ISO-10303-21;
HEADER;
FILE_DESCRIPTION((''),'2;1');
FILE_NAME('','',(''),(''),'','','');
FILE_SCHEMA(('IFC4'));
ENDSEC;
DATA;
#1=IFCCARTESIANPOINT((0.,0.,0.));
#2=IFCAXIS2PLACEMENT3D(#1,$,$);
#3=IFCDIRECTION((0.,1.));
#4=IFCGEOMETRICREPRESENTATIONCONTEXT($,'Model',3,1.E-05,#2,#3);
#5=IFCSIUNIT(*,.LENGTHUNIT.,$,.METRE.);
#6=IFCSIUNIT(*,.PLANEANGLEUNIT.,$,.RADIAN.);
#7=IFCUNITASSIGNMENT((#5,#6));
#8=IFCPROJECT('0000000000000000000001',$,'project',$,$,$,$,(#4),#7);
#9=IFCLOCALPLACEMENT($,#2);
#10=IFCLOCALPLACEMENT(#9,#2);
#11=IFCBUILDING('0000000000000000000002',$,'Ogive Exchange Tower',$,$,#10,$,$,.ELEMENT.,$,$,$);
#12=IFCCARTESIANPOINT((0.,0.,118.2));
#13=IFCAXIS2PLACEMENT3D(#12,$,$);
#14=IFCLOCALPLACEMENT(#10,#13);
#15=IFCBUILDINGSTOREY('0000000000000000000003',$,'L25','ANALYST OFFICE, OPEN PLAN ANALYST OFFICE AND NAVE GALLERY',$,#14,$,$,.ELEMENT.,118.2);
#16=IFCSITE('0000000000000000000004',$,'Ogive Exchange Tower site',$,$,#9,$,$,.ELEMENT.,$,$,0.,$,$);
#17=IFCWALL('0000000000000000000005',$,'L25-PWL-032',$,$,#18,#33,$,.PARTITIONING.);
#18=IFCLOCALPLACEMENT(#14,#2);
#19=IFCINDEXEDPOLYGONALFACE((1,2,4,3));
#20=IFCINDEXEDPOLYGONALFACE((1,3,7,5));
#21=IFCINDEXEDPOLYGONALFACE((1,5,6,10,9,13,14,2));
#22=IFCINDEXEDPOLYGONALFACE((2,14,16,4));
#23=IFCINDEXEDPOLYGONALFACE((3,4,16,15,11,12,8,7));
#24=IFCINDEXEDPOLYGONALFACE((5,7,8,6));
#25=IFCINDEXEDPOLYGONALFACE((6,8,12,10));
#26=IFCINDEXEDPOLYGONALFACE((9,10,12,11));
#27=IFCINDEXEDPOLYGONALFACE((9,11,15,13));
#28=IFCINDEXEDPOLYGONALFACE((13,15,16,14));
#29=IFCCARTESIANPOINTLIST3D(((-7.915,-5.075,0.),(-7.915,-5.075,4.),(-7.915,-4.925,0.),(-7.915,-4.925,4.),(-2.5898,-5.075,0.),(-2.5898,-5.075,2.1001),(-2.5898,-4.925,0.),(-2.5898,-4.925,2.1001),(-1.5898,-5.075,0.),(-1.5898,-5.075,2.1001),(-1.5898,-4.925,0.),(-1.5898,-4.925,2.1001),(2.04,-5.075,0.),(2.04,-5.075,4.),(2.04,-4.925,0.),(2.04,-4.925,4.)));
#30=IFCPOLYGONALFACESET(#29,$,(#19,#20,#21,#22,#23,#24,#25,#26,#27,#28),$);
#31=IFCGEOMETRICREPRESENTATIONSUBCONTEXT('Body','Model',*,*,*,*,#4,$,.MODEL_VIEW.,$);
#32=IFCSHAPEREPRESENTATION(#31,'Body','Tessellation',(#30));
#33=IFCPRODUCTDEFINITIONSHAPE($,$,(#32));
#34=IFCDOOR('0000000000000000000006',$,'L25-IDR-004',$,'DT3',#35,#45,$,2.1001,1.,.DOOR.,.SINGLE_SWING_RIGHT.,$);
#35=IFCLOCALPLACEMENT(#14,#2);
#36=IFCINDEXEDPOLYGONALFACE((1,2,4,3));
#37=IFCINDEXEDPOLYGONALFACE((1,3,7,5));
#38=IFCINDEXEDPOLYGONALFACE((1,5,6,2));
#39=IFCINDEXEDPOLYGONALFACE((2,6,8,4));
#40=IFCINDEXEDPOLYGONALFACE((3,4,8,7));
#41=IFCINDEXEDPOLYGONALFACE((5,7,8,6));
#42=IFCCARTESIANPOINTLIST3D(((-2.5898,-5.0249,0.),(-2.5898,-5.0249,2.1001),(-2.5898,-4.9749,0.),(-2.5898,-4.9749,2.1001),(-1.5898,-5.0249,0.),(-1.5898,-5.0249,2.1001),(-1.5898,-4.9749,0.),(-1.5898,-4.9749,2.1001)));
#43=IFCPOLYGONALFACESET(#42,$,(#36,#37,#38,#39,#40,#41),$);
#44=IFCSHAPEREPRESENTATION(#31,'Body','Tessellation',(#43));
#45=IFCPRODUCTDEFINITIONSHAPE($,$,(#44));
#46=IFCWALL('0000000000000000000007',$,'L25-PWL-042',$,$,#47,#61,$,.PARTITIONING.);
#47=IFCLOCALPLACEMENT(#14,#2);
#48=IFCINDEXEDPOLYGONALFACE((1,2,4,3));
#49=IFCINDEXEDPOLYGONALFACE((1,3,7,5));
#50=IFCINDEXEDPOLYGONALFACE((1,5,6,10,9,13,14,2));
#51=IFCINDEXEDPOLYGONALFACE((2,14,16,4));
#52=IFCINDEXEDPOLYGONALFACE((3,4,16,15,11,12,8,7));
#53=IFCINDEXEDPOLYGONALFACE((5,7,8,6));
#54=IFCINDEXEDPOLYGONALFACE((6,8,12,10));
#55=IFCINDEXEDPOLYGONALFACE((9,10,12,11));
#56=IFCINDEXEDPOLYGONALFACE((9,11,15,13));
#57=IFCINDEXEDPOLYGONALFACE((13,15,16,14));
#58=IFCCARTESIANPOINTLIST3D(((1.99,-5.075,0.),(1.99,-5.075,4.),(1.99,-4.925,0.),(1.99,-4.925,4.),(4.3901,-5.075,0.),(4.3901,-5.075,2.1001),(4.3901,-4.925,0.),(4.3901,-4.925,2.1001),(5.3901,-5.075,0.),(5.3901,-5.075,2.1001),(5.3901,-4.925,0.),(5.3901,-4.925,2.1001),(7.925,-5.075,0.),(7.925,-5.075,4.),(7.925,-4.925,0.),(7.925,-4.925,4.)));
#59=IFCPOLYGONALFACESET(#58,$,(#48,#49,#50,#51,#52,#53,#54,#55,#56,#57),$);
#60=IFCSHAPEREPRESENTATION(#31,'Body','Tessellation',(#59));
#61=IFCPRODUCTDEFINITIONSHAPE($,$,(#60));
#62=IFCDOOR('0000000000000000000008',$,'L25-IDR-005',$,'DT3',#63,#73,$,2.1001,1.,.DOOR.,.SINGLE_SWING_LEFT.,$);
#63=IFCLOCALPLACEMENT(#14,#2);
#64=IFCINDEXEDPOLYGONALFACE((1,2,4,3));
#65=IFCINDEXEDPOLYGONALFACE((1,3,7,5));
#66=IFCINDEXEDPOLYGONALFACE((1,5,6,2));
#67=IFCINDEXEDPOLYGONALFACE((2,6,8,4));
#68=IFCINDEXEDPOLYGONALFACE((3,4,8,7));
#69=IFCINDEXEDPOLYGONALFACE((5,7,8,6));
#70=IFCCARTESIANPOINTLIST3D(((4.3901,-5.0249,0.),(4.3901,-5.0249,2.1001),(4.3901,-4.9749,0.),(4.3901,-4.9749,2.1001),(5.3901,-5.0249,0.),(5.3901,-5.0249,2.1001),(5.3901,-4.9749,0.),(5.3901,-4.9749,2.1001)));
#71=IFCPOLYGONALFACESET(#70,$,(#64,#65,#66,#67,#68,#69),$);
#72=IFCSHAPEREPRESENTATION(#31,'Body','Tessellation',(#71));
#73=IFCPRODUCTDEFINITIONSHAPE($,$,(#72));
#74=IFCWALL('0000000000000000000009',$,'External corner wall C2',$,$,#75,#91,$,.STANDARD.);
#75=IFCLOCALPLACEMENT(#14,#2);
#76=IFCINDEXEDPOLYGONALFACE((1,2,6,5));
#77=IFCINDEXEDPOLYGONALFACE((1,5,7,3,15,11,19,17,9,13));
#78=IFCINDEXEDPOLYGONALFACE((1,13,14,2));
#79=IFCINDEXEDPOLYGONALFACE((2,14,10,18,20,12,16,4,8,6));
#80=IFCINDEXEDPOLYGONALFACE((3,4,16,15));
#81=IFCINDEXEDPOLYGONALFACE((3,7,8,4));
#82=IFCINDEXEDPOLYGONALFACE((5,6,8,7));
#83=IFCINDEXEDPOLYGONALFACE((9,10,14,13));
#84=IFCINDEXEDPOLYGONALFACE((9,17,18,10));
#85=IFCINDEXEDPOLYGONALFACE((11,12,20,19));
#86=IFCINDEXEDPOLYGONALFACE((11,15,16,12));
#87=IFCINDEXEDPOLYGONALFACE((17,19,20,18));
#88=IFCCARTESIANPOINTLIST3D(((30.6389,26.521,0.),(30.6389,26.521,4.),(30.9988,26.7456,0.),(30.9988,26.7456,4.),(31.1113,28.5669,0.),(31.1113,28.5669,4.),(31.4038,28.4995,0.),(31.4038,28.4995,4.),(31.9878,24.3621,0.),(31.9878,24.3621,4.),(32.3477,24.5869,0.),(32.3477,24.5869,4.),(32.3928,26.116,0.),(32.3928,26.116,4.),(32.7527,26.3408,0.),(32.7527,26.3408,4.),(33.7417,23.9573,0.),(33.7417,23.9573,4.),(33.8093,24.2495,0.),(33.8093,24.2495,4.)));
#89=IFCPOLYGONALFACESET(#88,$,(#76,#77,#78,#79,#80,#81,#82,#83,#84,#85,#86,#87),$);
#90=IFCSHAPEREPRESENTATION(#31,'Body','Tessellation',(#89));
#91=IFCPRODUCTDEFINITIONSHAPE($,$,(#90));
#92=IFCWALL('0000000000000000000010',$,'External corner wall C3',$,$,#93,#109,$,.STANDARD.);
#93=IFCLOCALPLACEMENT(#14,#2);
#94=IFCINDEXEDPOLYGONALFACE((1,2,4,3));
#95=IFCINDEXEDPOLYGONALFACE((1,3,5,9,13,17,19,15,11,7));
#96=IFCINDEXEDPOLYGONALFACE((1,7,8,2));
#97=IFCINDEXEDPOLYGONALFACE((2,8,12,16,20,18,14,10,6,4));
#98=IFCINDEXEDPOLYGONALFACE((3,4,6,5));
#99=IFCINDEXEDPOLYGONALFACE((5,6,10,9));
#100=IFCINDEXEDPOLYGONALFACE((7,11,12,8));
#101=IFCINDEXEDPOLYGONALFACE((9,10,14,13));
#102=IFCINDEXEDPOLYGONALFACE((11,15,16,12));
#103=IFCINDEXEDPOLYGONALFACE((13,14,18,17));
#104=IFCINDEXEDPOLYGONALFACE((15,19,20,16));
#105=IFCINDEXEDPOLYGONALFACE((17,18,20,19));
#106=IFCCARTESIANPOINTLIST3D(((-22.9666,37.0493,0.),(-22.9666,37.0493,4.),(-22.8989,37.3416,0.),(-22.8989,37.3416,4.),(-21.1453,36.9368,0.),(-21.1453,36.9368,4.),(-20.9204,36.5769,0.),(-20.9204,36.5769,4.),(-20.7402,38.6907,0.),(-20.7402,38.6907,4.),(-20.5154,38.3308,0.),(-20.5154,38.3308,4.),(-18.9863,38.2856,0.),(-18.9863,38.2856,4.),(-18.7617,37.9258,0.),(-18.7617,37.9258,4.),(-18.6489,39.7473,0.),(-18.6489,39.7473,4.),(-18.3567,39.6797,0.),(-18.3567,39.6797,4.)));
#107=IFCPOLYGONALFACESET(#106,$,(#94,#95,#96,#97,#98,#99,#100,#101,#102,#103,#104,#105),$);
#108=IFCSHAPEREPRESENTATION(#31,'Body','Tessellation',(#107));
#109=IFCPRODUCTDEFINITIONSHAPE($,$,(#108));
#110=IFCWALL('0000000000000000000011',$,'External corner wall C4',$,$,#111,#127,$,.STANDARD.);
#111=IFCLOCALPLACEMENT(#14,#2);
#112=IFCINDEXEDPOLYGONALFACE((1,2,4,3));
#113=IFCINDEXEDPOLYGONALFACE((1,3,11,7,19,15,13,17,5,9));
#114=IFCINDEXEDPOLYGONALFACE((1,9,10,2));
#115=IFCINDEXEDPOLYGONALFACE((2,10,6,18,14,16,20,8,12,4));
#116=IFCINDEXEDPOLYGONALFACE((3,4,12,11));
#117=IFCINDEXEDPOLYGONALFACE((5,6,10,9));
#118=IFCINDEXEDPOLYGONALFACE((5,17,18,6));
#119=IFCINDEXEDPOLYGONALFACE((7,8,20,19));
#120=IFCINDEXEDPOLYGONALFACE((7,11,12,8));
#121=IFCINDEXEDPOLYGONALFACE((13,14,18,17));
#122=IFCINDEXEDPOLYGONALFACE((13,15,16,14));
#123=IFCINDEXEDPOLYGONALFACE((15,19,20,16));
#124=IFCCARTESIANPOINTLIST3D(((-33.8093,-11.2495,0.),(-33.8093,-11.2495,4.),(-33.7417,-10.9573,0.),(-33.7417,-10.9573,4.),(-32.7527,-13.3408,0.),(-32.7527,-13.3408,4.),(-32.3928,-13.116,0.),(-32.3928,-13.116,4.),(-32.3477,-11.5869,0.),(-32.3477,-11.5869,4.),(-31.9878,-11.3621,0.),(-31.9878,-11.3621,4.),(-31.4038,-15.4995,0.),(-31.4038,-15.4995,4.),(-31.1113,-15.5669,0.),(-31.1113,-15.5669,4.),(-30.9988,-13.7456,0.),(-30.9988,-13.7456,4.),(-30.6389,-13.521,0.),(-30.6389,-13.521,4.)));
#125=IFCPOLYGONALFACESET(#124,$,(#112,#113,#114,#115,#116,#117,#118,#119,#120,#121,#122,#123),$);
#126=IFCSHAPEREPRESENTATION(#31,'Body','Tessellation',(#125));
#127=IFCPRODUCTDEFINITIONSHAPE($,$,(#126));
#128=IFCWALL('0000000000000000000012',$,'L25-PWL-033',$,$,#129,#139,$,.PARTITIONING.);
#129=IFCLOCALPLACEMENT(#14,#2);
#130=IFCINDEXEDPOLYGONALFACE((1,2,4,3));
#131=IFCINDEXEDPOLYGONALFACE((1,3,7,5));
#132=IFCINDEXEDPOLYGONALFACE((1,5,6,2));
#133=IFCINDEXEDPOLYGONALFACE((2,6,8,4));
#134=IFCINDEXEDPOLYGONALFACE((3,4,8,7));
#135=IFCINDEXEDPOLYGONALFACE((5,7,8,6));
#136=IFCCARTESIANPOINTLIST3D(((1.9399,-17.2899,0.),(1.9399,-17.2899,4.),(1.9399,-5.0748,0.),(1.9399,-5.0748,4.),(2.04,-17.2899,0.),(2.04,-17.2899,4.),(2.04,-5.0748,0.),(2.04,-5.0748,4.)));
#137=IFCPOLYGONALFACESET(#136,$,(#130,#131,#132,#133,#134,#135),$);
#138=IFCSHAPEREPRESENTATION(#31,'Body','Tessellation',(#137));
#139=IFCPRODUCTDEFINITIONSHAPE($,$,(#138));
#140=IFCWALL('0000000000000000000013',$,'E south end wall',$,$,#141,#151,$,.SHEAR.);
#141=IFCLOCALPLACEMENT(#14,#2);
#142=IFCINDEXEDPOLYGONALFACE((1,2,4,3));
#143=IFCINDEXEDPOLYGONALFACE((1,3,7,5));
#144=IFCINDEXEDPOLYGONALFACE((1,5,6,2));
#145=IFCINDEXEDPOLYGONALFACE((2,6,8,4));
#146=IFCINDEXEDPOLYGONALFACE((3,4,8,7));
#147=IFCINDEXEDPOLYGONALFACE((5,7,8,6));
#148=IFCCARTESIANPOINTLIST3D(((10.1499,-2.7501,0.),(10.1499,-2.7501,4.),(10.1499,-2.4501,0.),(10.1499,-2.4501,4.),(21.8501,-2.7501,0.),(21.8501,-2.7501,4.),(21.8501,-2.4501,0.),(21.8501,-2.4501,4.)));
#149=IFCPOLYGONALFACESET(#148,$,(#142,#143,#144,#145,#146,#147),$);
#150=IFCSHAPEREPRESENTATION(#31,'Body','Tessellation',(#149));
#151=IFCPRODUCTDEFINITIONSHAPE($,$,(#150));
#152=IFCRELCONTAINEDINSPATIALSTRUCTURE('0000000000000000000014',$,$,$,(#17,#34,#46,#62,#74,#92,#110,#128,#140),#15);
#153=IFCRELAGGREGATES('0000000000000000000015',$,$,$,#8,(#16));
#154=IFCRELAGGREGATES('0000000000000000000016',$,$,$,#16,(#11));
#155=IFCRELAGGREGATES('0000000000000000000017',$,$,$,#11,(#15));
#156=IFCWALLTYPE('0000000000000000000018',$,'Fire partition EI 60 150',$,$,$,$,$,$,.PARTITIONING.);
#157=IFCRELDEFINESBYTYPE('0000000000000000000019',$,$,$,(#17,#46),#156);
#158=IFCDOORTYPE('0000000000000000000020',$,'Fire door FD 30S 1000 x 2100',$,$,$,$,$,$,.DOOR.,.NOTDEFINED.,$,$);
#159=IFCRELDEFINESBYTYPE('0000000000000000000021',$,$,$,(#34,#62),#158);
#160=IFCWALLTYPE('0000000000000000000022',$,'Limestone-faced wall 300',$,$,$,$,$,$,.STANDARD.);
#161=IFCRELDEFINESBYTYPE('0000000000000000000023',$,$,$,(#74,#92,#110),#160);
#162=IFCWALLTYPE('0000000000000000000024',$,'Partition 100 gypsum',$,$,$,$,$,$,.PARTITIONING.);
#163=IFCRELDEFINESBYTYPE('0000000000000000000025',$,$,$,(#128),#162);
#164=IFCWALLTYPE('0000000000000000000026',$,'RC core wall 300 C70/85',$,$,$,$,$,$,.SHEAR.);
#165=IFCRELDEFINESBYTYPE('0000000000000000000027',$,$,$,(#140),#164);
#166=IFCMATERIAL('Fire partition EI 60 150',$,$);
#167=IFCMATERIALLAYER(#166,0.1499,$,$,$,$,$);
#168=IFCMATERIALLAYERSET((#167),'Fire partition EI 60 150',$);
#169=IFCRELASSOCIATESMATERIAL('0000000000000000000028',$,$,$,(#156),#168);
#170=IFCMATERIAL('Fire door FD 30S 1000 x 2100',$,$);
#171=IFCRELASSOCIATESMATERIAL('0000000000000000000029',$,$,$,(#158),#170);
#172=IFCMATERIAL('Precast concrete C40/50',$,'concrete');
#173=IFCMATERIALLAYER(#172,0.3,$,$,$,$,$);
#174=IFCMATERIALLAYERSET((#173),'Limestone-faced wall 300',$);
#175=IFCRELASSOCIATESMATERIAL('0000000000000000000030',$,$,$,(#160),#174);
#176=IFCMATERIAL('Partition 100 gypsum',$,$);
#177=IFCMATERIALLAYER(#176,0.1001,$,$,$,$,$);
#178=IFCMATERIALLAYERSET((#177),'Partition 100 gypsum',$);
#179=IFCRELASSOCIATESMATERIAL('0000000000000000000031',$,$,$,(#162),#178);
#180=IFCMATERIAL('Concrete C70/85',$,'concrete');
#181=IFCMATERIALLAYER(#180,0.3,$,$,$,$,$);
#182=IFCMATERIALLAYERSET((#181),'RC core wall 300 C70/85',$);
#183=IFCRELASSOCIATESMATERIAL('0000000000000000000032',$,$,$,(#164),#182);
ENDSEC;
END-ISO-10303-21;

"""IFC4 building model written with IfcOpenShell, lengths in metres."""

from ifc_helpers import new_model, si_unit, direction, frame, frame_2d, origin, place, context, subcontext, project, spatial, polyline, rectangle, outline, extrude, material, layer, layer_set, type_object, element, fill, save


model = new_model("IFC4")

# Units and contexts
model_context = context("Model", 3, precision=1e-05, world=origin(), true_north=direction((0.0, 1.0)))
body_context = subcontext(model_context, "Body", "Model", "MODEL_VIEW")
ifc_project = project(units=[si_unit("LENGTHUNIT", "METRE"), si_unit("PLANEANGLEUNIT", "RADIAN")], contexts=[model_context])

# Site, building, storey
site_placement = place(None, origin())
site = spatial("IfcSite", under=ifc_project, at=site_placement, Name="Ogive Exchange Tower site", CompositionType="ELEMENT", RefElevation=0.0)
building_placement = place(site_placement, origin())
building = spatial("IfcBuilding", under=site, at=building_placement, Name="Ogive Exchange Tower", CompositionType="ELEMENT")
storey_placement = place(building_placement, frame((0.0, 0.0, 118.2)))
storey = spatial("IfcBuildingStorey", under=building, at=storey_placement, Name="L25", Description="ANALYST OFFICE, OPEN PLAN ANALYST OFFICE AND NAVE GALLERY", CompositionType="ELEMENT", Elevation=118.2)

# Shared definitions
ifc_material_1 = material(Name="Concrete C70/85", Category="concrete")

# Walls, openings, doors
ifc_material_2 = material(Name="Fire partition EI 60 150")
ifc_layer_1 = layer(ifc_material_2, 0.1499)
ifc_layer_set_1 = layer_set([ifc_layer_1], Name="Fire partition EI 60 150")
wall_type_1 = type_object("IfcWallType", Name="Fire partition EI 60 150", PredefinedType="PARTITIONING", material=ifc_layer_set_1)
wall_1_placement = place(storey_placement, frame((2.04, -5.0, 0.0), z_axis=(0.0, 0.0, 1.0), x_axis=(-1.0, 0.0, 0.0)))
wall_1 = element("IfcWall", 1, at=wall_1_placement, inside=storey, type_object=wall_type_1, Name="L25-PWL-032", PredefinedType="PARTITIONING", context=body_context, shape_type="SweptSolid", body=[
    extrude(rectangle(XDim=9.9551, YDim=0.1499, at=frame_2d((4.9775, 0.0))), origin(), (0.0, 0.0, 1.0), 4.0),
])
opening_1_placement = place(wall_1_placement, frame((3.6299, 0.0, 0.0)))
opening_1 = element("IfcOpeningElement", 2, at=opening_1_placement, cuts=wall_1, PredefinedType="OPENING", context=body_context, shape_type="SweptSolid", body=[
    extrude(rectangle(XDim=1.0, YDim=2.1001, at=frame_2d((0.5, 1.05))), frame((0.0, 0.085, 0.0), z_axis=(0.0, -1.0, 0.0), x_axis=(1.0, 0.0, 0.0)), (0.0, 0.0, 1.0), 0.1699),
])
ifc_material_3 = material(Name="Fire door FD 30S 1000 x 2100")
door_type_1 = type_object("IfcDoorType", Name="Fire door FD 30S 1000 x 2100", OperationType="NOTDEFINED", PredefinedType="DOOR", material=ifc_material_3)
door_1_placement = place(opening_1_placement, origin())
door_1 = element("IfcDoor", 3, at=door_1_placement, inside=storey, type_object=door_type_1, Name="L25-IDR-004", ObjectType="DT3", OperationType="SINGLE_SWING_RIGHT", OverallHeight=2.1001, OverallWidth=1.0, PredefinedType="DOOR", context=body_context, shape_type="SweptSolid", body=[
    extrude(rectangle(XDim=1.0, YDim=2.1001, at=frame_2d((0.5, 1.05))), frame((0.0, 0.0249, 0.0), z_axis=(0.0, -1.0, 0.0), x_axis=(1.0, 0.0, 0.0)), (0.0, 0.0, 1.0), 0.05),
])
fill(opening_1, door_1)
wall_2_placement = place(storey_placement, frame((7.925, -5.0, 0.0), z_axis=(0.0, 0.0, 1.0), x_axis=(-1.0, 0.0, 0.0)))
wall_2 = element("IfcWall", 4, at=wall_2_placement, inside=storey, type_object=wall_type_1, Name="L25-PWL-042", PredefinedType="PARTITIONING", context=body_context, shape_type="SweptSolid", body=[
    extrude(rectangle(XDim=5.9351, YDim=0.1499, at=frame_2d((2.9675, 0.0))), origin(), (0.0, 0.0, 1.0), 4.0),
])
opening_2_placement = place(wall_2_placement, frame((2.5349, 0.0, 0.0)))
opening_2 = element("IfcOpeningElement", 5, at=opening_2_placement, cuts=wall_2, PredefinedType="OPENING", context=body_context, shape_type="SweptSolid", body=[
    extrude(rectangle(XDim=1.0, YDim=2.1001, at=frame_2d((0.5, 1.05))), frame((0.0, 0.085, 0.0), z_axis=(0.0, -1.0, 0.0), x_axis=(1.0, 0.0, 0.0)), (0.0, 0.0, 1.0), 0.1699),
])
door_2_placement = place(opening_2_placement, origin())
door_2 = element("IfcDoor", 6, at=door_2_placement, inside=storey, type_object=door_type_1, Name="L25-IDR-005", ObjectType="DT3", OperationType="SINGLE_SWING_LEFT", OverallHeight=2.1001, OverallWidth=1.0, PredefinedType="DOOR", context=body_context, shape_type="SweptSolid", body=[
    extrude(rectangle(XDim=1.0, YDim=2.1001, at=frame_2d((0.5, 1.05))), frame((0.0, 0.0249, 0.0), z_axis=(0.0, -1.0, 0.0), x_axis=(1.0, 0.0, 0.0)), (0.0, 0.0, 1.0), 0.05),
])
fill(opening_2, door_2)

# Walls
ifc_material_4 = material(Name="Precast concrete C40/50", Category="concrete")
ifc_layer_2 = layer(ifc_material_4, 0.3)
ifc_layer_set_2 = layer_set([ifc_layer_2], Name="Limestone-faced wall 300")
wall_type_2 = type_object("IfcWallType", Name="Limestone-faced wall 300", PredefinedType="STANDARD", material=ifc_layer_set_2)
wall_3_placement = place(storey_placement, origin())
element("IfcWall", 7, at=wall_3_placement, inside=storey, type_object=wall_type_2, Name="External corner wall C2", PredefinedType="STANDARD", context=body_context, shape_type="SweptSolid", body=[
    extrude(outline(polyline([(32.3928, 26.116), (30.6389, 26.521), (31.1113, 28.5669), (31.4038, 28.4995), (30.9988, 26.7456), (32.7527, 26.3408), (32.3477, 24.5869), (33.8093, 24.2495), (33.7417, 23.9573), (31.9878, 24.3621), (32.3928, 26.116)])), origin(), (0.0, 0.0, 1.0), 4.0),
])
wall_4_placement = place(storey_placement, origin())
element("IfcWall", 8, at=wall_4_placement, inside=storey, type_object=wall_type_2, Name="External corner wall C3", PredefinedType="STANDARD", context=body_context, shape_type="SweptSolid", body=[
    extrude(outline(polyline([(-22.9666, 37.0493), (-22.8989, 37.3416), (-21.1453, 36.9368), (-20.7402, 38.6907), (-18.9863, 38.2856), (-18.6489, 39.7473), (-18.3567, 39.6797), (-18.7617, 37.9258), (-20.5154, 38.3308), (-20.9204, 36.5769), (-22.9666, 37.0493)])), origin(), (0.0, 0.0, 1.0), 4.0),
])
wall_5_placement = place(storey_placement, origin())
element("IfcWall", 9, at=wall_5_placement, inside=storey, type_object=wall_type_2, Name="External corner wall C4", PredefinedType="STANDARD", context=body_context, shape_type="SweptSolid", body=[
    extrude(outline(polyline([(-32.3928, -13.116), (-30.6389, -13.521), (-31.1113, -15.5669), (-31.4038, -15.4995), (-30.9988, -13.7456), (-32.7527, -13.3408), (-32.3477, -11.5869), (-33.8093, -11.2495), (-33.7417, -10.9573), (-31.9878, -11.3621), (-32.3928, -13.116)])), origin(), (0.0, 0.0, 1.0), 4.0),
])
ifc_material_5 = material(Name="Partition 100 gypsum")
ifc_layer_3 = layer(ifc_material_5, 0.1001)
ifc_layer_set_3 = layer_set([ifc_layer_3], Name="Partition 100 gypsum")
wall_type_3 = type_object("IfcWallType", Name="Partition 100 gypsum", PredefinedType="PARTITIONING", material=ifc_layer_set_3)
wall_6_placement = place(storey_placement, frame((1.99, -5.075, 0.0), z_axis=(0.0, 0.0, 1.0), x_axis=(0.0, -1.0, 0.0)))
element("IfcWall", 10, at=wall_6_placement, inside=storey, type_object=wall_type_3, Name="L25-PWL-033", PredefinedType="PARTITIONING", context=body_context, shape_type="SweptSolid", body=[
    extrude(rectangle(XDim=12.2151, YDim=0.1001, at=frame_2d((6.1074, 0.0))), origin(), (0.0, 0.0, 1.0), 4.0),
])
ifc_layer_4 = layer(ifc_material_1, 0.3)
ifc_layer_set_4 = layer_set([ifc_layer_4], Name="RC core wall 300 C70/85")
wall_type_4 = type_object("IfcWallType", Name="RC core wall 300 C70/85", PredefinedType="SHEAR", material=ifc_layer_set_4)
wall_7_placement = place(storey_placement, frame((10.1499, -2.6001, 0.0), z_axis=(0.0, 0.0, 1.0), x_axis=(1.0, 0.0, 0.0)))
element("IfcWall", 11, at=wall_7_placement, inside=storey, type_object=wall_type_4, Name="E south end wall", PredefinedType="SHEAR", context=body_context, shape_type="SweptSolid", body=[
    extrude(rectangle(XDim=11.7002, YDim=0.3, at=frame_2d((5.8501, 0.0))), origin(), (0.0, 0.0, 1.0), 4.0),
])

save(model, "model.ifc")
